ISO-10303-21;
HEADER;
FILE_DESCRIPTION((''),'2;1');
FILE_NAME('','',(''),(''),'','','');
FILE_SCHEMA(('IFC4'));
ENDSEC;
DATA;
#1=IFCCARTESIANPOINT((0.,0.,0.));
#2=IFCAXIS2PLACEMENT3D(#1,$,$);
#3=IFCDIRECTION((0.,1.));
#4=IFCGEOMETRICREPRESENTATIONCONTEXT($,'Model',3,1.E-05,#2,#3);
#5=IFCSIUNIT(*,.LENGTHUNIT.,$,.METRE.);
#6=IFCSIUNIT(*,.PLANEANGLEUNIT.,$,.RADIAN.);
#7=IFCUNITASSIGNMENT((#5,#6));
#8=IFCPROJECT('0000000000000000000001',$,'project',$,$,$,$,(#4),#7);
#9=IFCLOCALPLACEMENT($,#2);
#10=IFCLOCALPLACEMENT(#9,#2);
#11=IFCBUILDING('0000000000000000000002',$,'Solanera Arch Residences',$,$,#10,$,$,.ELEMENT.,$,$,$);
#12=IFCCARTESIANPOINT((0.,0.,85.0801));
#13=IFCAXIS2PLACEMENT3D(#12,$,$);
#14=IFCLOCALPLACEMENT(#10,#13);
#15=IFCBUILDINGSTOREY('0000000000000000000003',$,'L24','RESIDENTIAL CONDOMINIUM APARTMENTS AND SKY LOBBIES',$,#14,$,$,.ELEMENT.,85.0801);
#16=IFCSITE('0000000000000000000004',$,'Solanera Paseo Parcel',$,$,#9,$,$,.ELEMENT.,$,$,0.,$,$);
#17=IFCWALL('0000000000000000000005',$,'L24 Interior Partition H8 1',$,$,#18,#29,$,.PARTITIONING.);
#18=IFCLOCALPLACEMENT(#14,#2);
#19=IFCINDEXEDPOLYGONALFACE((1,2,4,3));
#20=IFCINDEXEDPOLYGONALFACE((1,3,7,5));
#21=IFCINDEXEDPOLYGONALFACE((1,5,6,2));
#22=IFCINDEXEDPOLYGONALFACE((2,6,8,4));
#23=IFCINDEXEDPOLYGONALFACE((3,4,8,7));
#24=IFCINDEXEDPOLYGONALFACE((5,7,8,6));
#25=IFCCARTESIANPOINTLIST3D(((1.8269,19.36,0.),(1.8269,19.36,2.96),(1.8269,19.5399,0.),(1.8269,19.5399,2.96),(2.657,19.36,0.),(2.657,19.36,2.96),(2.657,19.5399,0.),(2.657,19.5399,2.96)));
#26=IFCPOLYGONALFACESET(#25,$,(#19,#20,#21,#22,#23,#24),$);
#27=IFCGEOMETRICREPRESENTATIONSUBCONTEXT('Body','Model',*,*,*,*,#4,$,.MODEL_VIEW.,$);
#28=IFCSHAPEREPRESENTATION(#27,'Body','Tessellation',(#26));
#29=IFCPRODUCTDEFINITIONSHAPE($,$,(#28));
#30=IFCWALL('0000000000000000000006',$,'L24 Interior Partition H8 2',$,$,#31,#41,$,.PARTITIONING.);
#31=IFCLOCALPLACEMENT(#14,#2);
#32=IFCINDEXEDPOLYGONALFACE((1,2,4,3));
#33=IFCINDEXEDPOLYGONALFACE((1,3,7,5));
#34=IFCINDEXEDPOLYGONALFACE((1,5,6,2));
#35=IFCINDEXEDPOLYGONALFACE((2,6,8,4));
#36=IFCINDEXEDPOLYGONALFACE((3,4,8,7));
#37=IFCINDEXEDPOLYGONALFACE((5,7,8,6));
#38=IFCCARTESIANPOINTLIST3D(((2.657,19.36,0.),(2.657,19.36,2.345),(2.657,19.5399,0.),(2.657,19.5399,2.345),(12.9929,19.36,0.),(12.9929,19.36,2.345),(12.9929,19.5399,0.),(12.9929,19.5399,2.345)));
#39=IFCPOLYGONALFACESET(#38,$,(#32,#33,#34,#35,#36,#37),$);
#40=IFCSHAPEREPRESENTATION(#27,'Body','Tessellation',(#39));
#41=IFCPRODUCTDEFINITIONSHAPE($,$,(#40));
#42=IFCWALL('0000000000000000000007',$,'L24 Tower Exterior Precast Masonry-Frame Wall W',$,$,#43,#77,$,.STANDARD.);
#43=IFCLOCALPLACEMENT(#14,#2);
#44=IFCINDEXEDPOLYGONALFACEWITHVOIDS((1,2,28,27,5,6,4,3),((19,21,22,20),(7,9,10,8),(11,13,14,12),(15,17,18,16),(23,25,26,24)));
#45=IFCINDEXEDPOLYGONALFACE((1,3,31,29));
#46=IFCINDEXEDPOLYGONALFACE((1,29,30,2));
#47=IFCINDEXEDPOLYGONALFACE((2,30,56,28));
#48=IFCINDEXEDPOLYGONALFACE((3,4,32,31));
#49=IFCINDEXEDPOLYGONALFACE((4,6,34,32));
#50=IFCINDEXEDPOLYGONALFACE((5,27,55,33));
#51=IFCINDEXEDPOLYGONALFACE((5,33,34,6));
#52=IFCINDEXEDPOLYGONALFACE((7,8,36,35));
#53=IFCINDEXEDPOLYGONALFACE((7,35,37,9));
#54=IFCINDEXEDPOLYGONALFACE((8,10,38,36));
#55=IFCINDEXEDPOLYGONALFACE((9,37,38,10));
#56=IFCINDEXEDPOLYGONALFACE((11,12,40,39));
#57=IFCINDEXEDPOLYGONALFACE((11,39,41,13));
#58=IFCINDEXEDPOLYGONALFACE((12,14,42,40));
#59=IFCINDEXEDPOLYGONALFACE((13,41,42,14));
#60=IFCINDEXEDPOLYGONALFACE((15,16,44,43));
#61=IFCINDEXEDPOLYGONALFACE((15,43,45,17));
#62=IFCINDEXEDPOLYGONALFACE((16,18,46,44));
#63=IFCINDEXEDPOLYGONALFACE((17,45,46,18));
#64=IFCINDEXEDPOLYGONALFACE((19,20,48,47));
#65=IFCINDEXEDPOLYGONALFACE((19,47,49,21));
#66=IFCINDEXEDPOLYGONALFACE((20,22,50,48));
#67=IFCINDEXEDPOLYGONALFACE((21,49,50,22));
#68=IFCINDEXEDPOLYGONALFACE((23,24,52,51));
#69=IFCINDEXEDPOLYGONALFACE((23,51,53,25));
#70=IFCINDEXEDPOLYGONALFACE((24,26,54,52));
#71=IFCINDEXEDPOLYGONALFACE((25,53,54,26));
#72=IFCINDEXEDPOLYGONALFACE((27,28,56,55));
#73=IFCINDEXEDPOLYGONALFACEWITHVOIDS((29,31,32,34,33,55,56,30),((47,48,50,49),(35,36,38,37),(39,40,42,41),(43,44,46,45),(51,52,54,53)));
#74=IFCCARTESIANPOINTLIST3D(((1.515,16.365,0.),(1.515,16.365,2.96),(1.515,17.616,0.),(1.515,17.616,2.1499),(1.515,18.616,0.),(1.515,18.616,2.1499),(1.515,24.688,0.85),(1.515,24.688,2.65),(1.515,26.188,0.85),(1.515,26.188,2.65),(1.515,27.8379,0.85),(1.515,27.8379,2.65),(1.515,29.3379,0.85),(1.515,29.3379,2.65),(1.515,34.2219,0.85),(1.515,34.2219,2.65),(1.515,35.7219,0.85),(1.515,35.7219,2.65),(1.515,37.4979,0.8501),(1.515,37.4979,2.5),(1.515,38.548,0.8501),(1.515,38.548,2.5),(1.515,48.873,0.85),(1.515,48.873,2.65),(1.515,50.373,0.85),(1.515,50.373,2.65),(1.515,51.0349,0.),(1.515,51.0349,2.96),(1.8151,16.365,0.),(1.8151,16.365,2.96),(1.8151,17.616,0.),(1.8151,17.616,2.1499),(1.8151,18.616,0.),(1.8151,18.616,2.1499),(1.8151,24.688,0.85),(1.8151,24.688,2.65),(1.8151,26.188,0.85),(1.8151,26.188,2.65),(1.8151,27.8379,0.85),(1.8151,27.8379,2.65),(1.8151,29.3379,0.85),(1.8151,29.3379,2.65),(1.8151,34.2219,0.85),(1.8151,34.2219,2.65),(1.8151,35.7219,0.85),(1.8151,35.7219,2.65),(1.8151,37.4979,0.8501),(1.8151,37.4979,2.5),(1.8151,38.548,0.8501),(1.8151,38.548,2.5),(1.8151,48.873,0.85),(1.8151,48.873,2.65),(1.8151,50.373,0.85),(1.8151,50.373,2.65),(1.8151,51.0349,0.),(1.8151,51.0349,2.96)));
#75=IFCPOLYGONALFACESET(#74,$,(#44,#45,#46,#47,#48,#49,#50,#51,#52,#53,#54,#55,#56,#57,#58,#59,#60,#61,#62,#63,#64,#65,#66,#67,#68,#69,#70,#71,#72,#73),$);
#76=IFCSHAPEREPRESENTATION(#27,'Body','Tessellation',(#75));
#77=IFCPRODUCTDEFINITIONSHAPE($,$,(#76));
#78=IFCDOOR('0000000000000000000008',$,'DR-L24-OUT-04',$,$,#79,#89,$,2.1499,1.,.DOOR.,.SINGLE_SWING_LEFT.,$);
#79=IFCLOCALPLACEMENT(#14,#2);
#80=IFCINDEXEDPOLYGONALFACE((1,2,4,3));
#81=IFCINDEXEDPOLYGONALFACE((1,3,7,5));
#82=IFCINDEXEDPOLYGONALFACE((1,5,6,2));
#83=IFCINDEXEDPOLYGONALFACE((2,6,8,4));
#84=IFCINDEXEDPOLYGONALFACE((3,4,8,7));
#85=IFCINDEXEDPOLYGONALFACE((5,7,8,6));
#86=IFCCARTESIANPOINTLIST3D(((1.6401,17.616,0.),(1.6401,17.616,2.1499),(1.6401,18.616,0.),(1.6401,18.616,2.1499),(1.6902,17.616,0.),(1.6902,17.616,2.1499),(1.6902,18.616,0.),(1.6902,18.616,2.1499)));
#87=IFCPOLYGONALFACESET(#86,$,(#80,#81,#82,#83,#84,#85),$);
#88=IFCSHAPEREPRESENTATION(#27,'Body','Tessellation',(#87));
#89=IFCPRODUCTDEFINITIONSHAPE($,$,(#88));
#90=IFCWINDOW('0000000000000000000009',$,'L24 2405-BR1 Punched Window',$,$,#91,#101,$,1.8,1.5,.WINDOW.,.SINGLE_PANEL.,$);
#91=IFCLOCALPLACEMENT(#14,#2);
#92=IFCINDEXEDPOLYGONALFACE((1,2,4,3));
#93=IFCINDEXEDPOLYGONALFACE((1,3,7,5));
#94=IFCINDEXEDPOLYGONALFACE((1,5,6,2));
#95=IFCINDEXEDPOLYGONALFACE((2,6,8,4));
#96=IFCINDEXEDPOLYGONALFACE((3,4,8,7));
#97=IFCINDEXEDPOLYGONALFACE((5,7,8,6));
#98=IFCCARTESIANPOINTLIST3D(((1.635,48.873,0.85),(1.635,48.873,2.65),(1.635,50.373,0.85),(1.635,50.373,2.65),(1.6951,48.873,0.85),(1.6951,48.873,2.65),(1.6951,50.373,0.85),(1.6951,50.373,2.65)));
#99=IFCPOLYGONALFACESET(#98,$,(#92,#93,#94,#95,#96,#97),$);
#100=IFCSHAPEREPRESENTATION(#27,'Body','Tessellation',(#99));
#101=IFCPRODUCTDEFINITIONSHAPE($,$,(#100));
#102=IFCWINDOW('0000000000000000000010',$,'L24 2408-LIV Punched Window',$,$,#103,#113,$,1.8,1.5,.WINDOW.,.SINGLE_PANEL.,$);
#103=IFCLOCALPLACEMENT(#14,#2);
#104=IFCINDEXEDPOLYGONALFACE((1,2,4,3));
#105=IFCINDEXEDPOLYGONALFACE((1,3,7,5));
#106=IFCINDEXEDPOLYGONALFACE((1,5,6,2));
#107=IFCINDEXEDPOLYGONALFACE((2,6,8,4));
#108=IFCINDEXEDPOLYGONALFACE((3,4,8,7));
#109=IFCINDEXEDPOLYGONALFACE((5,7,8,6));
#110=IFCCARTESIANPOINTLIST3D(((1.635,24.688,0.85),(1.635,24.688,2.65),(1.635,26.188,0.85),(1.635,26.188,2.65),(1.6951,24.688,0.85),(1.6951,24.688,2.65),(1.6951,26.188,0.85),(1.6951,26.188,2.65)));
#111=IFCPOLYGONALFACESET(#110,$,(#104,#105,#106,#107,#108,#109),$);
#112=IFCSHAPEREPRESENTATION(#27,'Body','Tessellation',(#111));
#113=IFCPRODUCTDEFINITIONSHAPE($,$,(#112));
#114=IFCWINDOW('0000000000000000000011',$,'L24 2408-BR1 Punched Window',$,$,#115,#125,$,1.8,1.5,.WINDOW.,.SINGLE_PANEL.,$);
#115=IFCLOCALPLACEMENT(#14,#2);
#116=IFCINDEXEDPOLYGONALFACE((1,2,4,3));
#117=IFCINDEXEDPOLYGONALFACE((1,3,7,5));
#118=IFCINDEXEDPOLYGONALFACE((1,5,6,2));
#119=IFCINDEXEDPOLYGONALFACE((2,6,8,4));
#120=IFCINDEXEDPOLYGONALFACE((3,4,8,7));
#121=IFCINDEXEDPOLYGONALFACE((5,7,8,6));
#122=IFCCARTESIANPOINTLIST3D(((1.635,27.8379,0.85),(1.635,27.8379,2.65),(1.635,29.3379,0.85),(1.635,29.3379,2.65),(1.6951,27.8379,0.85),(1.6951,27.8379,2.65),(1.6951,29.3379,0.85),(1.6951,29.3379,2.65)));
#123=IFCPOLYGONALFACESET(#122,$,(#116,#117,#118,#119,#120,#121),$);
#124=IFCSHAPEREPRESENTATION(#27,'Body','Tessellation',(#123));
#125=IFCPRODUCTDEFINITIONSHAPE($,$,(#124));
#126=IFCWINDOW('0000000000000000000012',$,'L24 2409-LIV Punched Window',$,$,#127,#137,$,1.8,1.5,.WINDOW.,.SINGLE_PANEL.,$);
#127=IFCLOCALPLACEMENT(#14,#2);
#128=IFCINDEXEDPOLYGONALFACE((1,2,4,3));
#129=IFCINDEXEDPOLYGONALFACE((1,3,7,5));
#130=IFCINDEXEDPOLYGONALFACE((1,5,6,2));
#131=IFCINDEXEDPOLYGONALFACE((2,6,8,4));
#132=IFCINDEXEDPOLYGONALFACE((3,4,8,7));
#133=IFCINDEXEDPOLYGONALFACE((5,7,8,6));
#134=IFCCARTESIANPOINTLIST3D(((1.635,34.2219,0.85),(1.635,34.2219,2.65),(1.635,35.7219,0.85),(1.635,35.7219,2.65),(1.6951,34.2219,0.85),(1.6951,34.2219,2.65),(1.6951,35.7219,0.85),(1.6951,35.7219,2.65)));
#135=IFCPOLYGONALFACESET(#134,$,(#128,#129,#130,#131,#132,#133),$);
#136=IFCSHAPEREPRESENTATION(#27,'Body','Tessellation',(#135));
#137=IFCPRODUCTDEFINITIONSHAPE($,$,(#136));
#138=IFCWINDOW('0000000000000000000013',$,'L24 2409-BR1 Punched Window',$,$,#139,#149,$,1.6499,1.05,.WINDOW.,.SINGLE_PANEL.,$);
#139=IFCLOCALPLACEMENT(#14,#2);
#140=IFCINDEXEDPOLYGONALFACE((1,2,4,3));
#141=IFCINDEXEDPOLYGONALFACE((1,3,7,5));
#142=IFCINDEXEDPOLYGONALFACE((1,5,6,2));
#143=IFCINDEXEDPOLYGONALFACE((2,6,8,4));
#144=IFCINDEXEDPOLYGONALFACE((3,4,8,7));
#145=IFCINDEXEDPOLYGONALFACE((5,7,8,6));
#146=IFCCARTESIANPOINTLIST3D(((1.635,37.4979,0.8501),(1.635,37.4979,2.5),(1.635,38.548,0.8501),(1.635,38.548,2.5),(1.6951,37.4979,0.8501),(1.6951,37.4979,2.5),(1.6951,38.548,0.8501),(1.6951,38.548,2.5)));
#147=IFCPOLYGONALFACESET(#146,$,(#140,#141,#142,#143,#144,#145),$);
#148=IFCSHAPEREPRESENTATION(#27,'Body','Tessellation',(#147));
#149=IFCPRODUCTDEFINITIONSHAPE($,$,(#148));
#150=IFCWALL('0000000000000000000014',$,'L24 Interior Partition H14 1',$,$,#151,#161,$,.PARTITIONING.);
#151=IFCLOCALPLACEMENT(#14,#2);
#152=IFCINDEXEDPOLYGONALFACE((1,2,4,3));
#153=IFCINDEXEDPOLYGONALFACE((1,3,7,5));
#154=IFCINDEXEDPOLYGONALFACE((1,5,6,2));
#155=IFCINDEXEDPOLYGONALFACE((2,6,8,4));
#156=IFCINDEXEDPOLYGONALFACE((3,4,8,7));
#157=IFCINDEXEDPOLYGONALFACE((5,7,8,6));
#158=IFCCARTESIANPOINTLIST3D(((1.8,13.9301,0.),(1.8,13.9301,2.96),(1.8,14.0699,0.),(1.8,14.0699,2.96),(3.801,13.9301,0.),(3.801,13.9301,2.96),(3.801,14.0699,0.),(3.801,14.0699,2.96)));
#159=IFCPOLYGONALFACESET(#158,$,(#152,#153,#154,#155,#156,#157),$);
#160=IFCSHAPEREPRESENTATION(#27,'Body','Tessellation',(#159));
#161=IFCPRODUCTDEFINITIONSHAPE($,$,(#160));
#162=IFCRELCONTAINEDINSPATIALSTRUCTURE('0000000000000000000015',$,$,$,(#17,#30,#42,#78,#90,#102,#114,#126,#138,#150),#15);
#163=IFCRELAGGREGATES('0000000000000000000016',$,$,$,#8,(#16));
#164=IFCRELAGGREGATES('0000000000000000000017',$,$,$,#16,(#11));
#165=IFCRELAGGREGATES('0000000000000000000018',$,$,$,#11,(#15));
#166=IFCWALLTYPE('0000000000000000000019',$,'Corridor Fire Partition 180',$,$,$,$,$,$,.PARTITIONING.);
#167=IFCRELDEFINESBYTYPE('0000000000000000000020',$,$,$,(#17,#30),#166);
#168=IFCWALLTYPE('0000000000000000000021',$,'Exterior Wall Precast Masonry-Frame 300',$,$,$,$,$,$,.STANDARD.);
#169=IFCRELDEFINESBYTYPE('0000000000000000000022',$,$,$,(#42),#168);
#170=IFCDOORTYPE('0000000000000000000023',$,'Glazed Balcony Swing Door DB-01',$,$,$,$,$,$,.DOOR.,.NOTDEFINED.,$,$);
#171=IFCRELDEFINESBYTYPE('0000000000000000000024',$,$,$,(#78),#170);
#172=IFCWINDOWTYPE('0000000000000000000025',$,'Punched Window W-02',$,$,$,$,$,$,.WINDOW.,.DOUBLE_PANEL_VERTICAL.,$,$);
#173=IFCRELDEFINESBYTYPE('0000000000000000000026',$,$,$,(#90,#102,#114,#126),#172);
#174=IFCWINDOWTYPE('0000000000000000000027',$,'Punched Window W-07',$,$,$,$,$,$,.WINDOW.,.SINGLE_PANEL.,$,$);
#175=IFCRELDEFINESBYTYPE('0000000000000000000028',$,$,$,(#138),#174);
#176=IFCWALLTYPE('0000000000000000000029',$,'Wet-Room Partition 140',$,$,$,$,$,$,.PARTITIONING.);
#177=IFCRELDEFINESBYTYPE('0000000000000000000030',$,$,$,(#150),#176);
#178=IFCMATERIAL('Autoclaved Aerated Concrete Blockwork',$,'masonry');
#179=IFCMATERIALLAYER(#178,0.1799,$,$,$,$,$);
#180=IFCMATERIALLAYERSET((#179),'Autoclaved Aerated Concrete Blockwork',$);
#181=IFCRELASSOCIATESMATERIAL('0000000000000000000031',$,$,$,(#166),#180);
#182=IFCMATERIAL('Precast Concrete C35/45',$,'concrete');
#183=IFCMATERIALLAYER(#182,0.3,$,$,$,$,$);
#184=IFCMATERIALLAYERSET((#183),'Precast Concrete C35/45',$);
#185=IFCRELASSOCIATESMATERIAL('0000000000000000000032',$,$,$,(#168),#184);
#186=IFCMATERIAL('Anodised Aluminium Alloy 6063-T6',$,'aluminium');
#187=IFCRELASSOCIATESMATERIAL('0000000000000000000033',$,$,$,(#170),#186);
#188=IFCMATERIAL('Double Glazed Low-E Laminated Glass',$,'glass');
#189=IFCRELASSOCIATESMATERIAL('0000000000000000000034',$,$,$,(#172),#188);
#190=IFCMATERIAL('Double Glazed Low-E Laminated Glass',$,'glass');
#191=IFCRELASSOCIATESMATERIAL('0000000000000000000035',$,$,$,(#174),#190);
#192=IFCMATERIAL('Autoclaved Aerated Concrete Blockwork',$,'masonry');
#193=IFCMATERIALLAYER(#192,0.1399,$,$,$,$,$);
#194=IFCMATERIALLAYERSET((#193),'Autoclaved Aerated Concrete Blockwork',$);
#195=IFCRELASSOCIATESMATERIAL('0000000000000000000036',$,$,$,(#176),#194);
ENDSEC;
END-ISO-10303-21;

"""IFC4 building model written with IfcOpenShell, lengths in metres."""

from ifc_helpers import new_model, si_unit, direction, frame, frame_2d, origin, place, context, subcontext, project, spatial, rectangle, extrude, material, layer, layer_set, type_object, element, fill, save


model = new_model("IFC4")

# Units and contexts
model_context = context("Model", 3, precision=1e-05, world=origin(), true_north=direction((0.0, 1.0)))
body_context = subcontext(model_context, "Body", "Model", "MODEL_VIEW")
ifc_project = project(units=[si_unit("LENGTHUNIT", "METRE"), si_unit("PLANEANGLEUNIT", "RADIAN")], contexts=[model_context])

# Site, building, storey
site_placement = place(None, origin())
site = spatial("IfcSite", under=ifc_project, at=site_placement, Name="Solanera Paseo Parcel", CompositionType="ELEMENT", RefElevation=0.0)
building_placement = place(site_placement, origin())
building = spatial("IfcBuilding", under=site, at=building_placement, Name="Solanera Arch Residences", CompositionType="ELEMENT")
storey_placement = place(building_placement, frame((0.0, 0.0, 85.0801)))
storey = spatial("IfcBuildingStorey", under=building, at=storey_placement, Name="L24", Description="RESIDENTIAL CONDOMINIUM APARTMENTS AND SKY LOBBIES", CompositionType="ELEMENT", Elevation=85.0801)

# Walls
ifc_material_1 = material(Name="Autoclaved Aerated Concrete Blockwork", Category="masonry")
ifc_layer_1 = layer(ifc_material_1, 0.1799)
ifc_layer_set_1 = layer_set([ifc_layer_1], Name="Autoclaved Aerated Concrete Blockwork")
wall_type_1 = type_object("IfcWallType", Name="Corridor Fire Partition 180", PredefinedType="PARTITIONING", material=ifc_layer_set_1)
wall_1_placement = place(storey_placement, frame((1.8269, 19.45, 0.0), z_axis=(0.0, 0.0, 1.0), x_axis=(1.0, 0.0, 0.0)))
element("IfcWall", 1, at=wall_1_placement, inside=storey, type_object=wall_type_1, Name="L24 Interior Partition H8 1", PredefinedType="PARTITIONING", context=body_context, shape_type="SweptSolid", body=[
    extrude(rectangle(XDim=0.8301, YDim=0.1799, at=frame_2d((0.415, 0.0))), origin(), (0.0, 0.0, 1.0), 2.96),
])
wall_2_placement = place(storey_placement, frame((2.657, 19.45, 0.0), z_axis=(0.0, 0.0, 1.0), x_axis=(1.0, 0.0, 0.0)))
element("IfcWall", 2, at=wall_2_placement, inside=storey, type_object=wall_type_1, Name="L24 Interior Partition H8 2", PredefinedType="PARTITIONING", context=body_context, shape_type="SweptSolid", body=[
    extrude(rectangle(XDim=10.3359, YDim=0.1799, at=frame_2d((5.168, 0.0))), origin(), (0.0, 0.0, 1.0), 2.345),
])

# Wall, openings, door, windows
ifc_material_2 = material(Name="Precast Concrete C35/45", Category="concrete")
ifc_layer_2 = layer(ifc_material_2, 0.3)
ifc_layer_set_2 = layer_set([ifc_layer_2], Name="Precast Concrete C35/45")
wall_type_2 = type_object("IfcWallType", Name="Exterior Wall Precast Masonry-Frame 300", PredefinedType="STANDARD", material=ifc_layer_set_2)
wall_3_placement = place(storey_placement, frame((1.665, 16.365, 0.0), z_axis=(0.0, 0.0, 1.0), x_axis=(0.0, 1.0, 0.0)))
wall_3 = element("IfcWall", 3, at=wall_3_placement, inside=storey, type_object=wall_type_2, Name="L24 Tower Exterior Precast Masonry-Frame Wall W", PredefinedType="STANDARD", context=body_context, shape_type="SweptSolid", body=[
    extrude(rectangle(XDim=34.6699, YDim=0.3, at=frame_2d((17.335, 0.0))), origin(), (0.0, 0.0, 1.0), 2.96),
])
opening_1_placement = place(wall_3_placement, frame((1.251, 0.0, 0.0)))
opening_1 = element("IfcOpeningElement", 4, at=opening_1_placement, cuts=wall_3, PredefinedType="OPENING", context=body_context, shape_type="SweptSolid", body=[
    extrude(rectangle(XDim=1.0, YDim=2.1499, at=frame_2d((0.5, 1.075))), frame((0.0, 0.1599, 0.0), z_axis=(0.0, -1.0, 0.0), x_axis=(1.0, 0.0, 0.0)), (0.0, 0.0, 1.0), 0.32),
])
opening_2_placement = place(wall_3_placement, frame((32.5081, 0.0, 0.8501)))
opening_2 = element("IfcOpeningElement", 5, at=opening_2_placement, cuts=wall_3, PredefinedType="OPENING", context=body_context, shape_type="SweptSolid", body=[
    extrude(rectangle(XDim=1.5, YDim=1.8, at=frame_2d((0.75, 0.8999))), frame((0.0, 0.1599, 0.0), z_axis=(0.0, -1.0, 0.0), x_axis=(1.0, 0.0, 0.0)), (0.0, 0.0, 1.0), 0.32),
])
opening_3_placement = place(wall_3_placement, frame((8.323, 0.0, 0.8501)))
opening_3 = element("IfcOpeningElement", 6, at=opening_3_placement, cuts=wall_3, PredefinedType="OPENING", context=body_context, shape_type="SweptSolid", body=[
    extrude(rectangle(XDim=1.5, YDim=1.8, at=frame_2d((0.75, 0.8999))), frame((0.0, 0.1599, 0.0), z_axis=(0.0, -1.0, 0.0), x_axis=(1.0, 0.0, 0.0)), (0.0, 0.0, 1.0), 0.32),
])
opening_4_placement = place(wall_3_placement, frame((11.4729, 0.0, 0.8501)))
opening_4 = element("IfcOpeningElement", 7, at=opening_4_placement, cuts=wall_3, PredefinedType="OPENING", context=body_context, shape_type="SweptSolid", body=[
    extrude(rectangle(XDim=1.5, YDim=1.8, at=frame_2d((0.75, 0.8999))), frame((0.0, 0.1599, 0.0), z_axis=(0.0, -1.0, 0.0), x_axis=(1.0, 0.0, 0.0)), (0.0, 0.0, 1.0), 0.32),
])
opening_5_placement = place(wall_3_placement, frame((17.8569, 0.0, 0.8501)))
opening_5 = element("IfcOpeningElement", 8, at=opening_5_placement, cuts=wall_3, PredefinedType="OPENING", context=body_context, shape_type="SweptSolid", body=[
    extrude(rectangle(XDim=1.5, YDim=1.8, at=frame_2d((0.75, 0.8999))), frame((0.0, 0.1599, 0.0), z_axis=(0.0, -1.0, 0.0), x_axis=(1.0, 0.0, 0.0)), (0.0, 0.0, 1.0), 0.32),
])
opening_6_placement = place(wall_3_placement, frame((21.1331, 0.0, 0.8501)))
opening_6 = element("IfcOpeningElement", 9, at=opening_6_placement, cuts=wall_3, PredefinedType="OPENING", context=body_context, shape_type="SweptSolid", body=[
    extrude(rectangle(XDim=1.05, YDim=1.6499, at=frame_2d((0.5249, 0.825))), frame((0.0, 0.1599, 0.0), z_axis=(0.0, -1.0, 0.0), x_axis=(1.0, 0.0, 0.0)), (0.0, 0.0, 1.0), 0.32),
])
ifc_material_3 = material(Name="Anodised Aluminium Alloy 6063-T6", Category="aluminium")
door_type = type_object("IfcDoorType", Name="Glazed Balcony Swing Door DB-01", OperationType="NOTDEFINED", PredefinedType="DOOR", material=ifc_material_3)
door_placement = place(opening_1_placement, origin())
door = element("IfcDoor", 10, at=door_placement, inside=storey, type_object=door_type, Name="DR-L24-OUT-04", OperationType="SINGLE_SWING_LEFT", OverallHeight=2.1499, OverallWidth=1.0, PredefinedType="DOOR", context=body_context, shape_type="SweptSolid", body=[
    extrude(rectangle(XDim=1.0, YDim=2.1499, at=frame_2d((0.5, 1.075))), frame((0.0, 0.0249, 0.0), z_axis=(0.0, -1.0, 0.0), x_axis=(1.0, 0.0, 0.0)), (0.0, 0.0, 1.0), 0.05),
])
fill(opening_1, door)
ifc_material_4 = material(Name="Double Glazed Low-E Laminated Glass", Category="glass")
window_type_1 = type_object("IfcWindowType", Name="Punched Window W-02", PartitioningType="DOUBLE_PANEL_VERTICAL", PredefinedType="WINDOW", material=ifc_material_4)
window_1_placement = place(opening_2_placement, origin())
window_1 = element("IfcWindow", 11, at=window_1_placement, inside=storey, type_object=window_type_1, Name="L24 2405-BR1 Punched Window", OverallHeight=1.8, OverallWidth=1.5, PartitioningType="SINGLE_PANEL", PredefinedType="WINDOW", context=body_context, shape_type="SweptSolid", body=[
    extrude(rectangle(XDim=1.5, YDim=1.8, at=frame_2d((0.75, 0.8999))), frame((0.0, 0.03, 0.0), z_axis=(0.0, -1.0, 0.0), x_axis=(1.0, 0.0, 0.0)), (0.0, 0.0, 1.0), 0.0601),
])
fill(opening_2, window_1)
window_2_placement = place(opening_3_placement, origin())
window_2 = element("IfcWindow", 12, at=window_2_placement, inside=storey, type_object=window_type_1, Name="L24 2408-LIV Punched Window", OverallHeight=1.8, OverallWidth=1.5, PartitioningType="SINGLE_PANEL", PredefinedType="WINDOW", context=body_context, shape_type="SweptSolid", body=[
    extrude(rectangle(XDim=1.5, YDim=1.8, at=frame_2d((0.75, 0.8999))), frame((0.0, 0.03, 0.0), z_axis=(0.0, -1.0, 0.0), x_axis=(1.0, 0.0, 0.0)), (0.0, 0.0, 1.0), 0.0601),
])
fill(opening_3, window_2)
window_3_placement = place(opening_4_placement, origin())
window_3 = element("IfcWindow", 13, at=window_3_placement, inside=storey, type_object=window_type_1, Name="L24 2408-BR1 Punched Window", OverallHeight=1.8, OverallWidth=1.5, PartitioningType="SINGLE_PANEL", PredefinedType="WINDOW", context=body_context, shape_type="SweptSolid", body=[
    extrude(rectangle(XDim=1.5, YDim=1.8, at=frame_2d((0.75, 0.8999))), frame((0.0, 0.03, 0.0), z_axis=(0.0, -1.0, 0.0), x_axis=(1.0, 0.0, 0.0)), (0.0, 0.0, 1.0), 0.0601),
])
fill(opening_4, window_3)
window_4_placement = place(opening_5_placement, origin())
window_4 = element("IfcWindow", 14, at=window_4_placement, inside=storey, type_object=window_type_1, Name="L24 2409-LIV Punched Window", OverallHeight=1.8, OverallWidth=1.5, PartitioningType="SINGLE_PANEL", PredefinedType="WINDOW", context=body_context, shape_type="SweptSolid", body=[
    extrude(rectangle(XDim=1.5, YDim=1.8, at=frame_2d((0.75, 0.8999))), frame((0.0, 0.03, 0.0), z_axis=(0.0, -1.0, 0.0), x_axis=(1.0, 0.0, 0.0)), (0.0, 0.0, 1.0), 0.0601),
])
fill(opening_5, window_4)
ifc_material_5 = material(Name="Double Glazed Low-E Laminated Glass", Category="glass")
window_type_2 = type_object("IfcWindowType", Name="Punched Window W-07", PartitioningType="SINGLE_PANEL", PredefinedType="WINDOW", material=ifc_material_5)
window_5_placement = place(opening_6_placement, origin())
window_5 = element("IfcWindow", 15, at=window_5_placement, inside=storey, type_object=window_type_2, Name="L24 2409-BR1 Punched Window", OverallHeight=1.6499, OverallWidth=1.05, PartitioningType="SINGLE_PANEL", PredefinedType="WINDOW", context=body_context, shape_type="SweptSolid", body=[
    extrude(rectangle(XDim=1.05, YDim=1.6499, at=frame_2d((0.5249, 0.825))), frame((0.0, 0.03, 0.0), z_axis=(0.0, -1.0, 0.0), x_axis=(1.0, 0.0, 0.0)), (0.0, 0.0, 1.0), 0.0601),
])
fill(opening_6, window_5)

# Wall
ifc_material_6 = material(Name="Autoclaved Aerated Concrete Blockwork", Category="masonry")
ifc_layer_3 = layer(ifc_material_6, 0.1399)
ifc_layer_set_3 = layer_set([ifc_layer_3], Name="Autoclaved Aerated Concrete Blockwork")
wall_type_3 = type_object("IfcWallType", Name="Wet-Room Partition 140", PredefinedType="PARTITIONING", material=ifc_layer_set_3)
wall_4_placement = place(storey_placement, frame((1.8, 14.0, 0.0), z_axis=(0.0, 0.0, 1.0), x_axis=(1.0, 0.0, 0.0)))
element("IfcWall", 16, at=wall_4_placement, inside=storey, type_object=wall_type_3, Name="L24 Interior Partition H14 1", PredefinedType="PARTITIONING", context=body_context, shape_type="SweptSolid", body=[
    extrude(rectangle(XDim=2.001, YDim=0.1399, at=frame_2d((1.0005, 0.0))), origin(), (0.0, 0.0, 1.0), 2.96),
])

save(model, "model.ifc")
